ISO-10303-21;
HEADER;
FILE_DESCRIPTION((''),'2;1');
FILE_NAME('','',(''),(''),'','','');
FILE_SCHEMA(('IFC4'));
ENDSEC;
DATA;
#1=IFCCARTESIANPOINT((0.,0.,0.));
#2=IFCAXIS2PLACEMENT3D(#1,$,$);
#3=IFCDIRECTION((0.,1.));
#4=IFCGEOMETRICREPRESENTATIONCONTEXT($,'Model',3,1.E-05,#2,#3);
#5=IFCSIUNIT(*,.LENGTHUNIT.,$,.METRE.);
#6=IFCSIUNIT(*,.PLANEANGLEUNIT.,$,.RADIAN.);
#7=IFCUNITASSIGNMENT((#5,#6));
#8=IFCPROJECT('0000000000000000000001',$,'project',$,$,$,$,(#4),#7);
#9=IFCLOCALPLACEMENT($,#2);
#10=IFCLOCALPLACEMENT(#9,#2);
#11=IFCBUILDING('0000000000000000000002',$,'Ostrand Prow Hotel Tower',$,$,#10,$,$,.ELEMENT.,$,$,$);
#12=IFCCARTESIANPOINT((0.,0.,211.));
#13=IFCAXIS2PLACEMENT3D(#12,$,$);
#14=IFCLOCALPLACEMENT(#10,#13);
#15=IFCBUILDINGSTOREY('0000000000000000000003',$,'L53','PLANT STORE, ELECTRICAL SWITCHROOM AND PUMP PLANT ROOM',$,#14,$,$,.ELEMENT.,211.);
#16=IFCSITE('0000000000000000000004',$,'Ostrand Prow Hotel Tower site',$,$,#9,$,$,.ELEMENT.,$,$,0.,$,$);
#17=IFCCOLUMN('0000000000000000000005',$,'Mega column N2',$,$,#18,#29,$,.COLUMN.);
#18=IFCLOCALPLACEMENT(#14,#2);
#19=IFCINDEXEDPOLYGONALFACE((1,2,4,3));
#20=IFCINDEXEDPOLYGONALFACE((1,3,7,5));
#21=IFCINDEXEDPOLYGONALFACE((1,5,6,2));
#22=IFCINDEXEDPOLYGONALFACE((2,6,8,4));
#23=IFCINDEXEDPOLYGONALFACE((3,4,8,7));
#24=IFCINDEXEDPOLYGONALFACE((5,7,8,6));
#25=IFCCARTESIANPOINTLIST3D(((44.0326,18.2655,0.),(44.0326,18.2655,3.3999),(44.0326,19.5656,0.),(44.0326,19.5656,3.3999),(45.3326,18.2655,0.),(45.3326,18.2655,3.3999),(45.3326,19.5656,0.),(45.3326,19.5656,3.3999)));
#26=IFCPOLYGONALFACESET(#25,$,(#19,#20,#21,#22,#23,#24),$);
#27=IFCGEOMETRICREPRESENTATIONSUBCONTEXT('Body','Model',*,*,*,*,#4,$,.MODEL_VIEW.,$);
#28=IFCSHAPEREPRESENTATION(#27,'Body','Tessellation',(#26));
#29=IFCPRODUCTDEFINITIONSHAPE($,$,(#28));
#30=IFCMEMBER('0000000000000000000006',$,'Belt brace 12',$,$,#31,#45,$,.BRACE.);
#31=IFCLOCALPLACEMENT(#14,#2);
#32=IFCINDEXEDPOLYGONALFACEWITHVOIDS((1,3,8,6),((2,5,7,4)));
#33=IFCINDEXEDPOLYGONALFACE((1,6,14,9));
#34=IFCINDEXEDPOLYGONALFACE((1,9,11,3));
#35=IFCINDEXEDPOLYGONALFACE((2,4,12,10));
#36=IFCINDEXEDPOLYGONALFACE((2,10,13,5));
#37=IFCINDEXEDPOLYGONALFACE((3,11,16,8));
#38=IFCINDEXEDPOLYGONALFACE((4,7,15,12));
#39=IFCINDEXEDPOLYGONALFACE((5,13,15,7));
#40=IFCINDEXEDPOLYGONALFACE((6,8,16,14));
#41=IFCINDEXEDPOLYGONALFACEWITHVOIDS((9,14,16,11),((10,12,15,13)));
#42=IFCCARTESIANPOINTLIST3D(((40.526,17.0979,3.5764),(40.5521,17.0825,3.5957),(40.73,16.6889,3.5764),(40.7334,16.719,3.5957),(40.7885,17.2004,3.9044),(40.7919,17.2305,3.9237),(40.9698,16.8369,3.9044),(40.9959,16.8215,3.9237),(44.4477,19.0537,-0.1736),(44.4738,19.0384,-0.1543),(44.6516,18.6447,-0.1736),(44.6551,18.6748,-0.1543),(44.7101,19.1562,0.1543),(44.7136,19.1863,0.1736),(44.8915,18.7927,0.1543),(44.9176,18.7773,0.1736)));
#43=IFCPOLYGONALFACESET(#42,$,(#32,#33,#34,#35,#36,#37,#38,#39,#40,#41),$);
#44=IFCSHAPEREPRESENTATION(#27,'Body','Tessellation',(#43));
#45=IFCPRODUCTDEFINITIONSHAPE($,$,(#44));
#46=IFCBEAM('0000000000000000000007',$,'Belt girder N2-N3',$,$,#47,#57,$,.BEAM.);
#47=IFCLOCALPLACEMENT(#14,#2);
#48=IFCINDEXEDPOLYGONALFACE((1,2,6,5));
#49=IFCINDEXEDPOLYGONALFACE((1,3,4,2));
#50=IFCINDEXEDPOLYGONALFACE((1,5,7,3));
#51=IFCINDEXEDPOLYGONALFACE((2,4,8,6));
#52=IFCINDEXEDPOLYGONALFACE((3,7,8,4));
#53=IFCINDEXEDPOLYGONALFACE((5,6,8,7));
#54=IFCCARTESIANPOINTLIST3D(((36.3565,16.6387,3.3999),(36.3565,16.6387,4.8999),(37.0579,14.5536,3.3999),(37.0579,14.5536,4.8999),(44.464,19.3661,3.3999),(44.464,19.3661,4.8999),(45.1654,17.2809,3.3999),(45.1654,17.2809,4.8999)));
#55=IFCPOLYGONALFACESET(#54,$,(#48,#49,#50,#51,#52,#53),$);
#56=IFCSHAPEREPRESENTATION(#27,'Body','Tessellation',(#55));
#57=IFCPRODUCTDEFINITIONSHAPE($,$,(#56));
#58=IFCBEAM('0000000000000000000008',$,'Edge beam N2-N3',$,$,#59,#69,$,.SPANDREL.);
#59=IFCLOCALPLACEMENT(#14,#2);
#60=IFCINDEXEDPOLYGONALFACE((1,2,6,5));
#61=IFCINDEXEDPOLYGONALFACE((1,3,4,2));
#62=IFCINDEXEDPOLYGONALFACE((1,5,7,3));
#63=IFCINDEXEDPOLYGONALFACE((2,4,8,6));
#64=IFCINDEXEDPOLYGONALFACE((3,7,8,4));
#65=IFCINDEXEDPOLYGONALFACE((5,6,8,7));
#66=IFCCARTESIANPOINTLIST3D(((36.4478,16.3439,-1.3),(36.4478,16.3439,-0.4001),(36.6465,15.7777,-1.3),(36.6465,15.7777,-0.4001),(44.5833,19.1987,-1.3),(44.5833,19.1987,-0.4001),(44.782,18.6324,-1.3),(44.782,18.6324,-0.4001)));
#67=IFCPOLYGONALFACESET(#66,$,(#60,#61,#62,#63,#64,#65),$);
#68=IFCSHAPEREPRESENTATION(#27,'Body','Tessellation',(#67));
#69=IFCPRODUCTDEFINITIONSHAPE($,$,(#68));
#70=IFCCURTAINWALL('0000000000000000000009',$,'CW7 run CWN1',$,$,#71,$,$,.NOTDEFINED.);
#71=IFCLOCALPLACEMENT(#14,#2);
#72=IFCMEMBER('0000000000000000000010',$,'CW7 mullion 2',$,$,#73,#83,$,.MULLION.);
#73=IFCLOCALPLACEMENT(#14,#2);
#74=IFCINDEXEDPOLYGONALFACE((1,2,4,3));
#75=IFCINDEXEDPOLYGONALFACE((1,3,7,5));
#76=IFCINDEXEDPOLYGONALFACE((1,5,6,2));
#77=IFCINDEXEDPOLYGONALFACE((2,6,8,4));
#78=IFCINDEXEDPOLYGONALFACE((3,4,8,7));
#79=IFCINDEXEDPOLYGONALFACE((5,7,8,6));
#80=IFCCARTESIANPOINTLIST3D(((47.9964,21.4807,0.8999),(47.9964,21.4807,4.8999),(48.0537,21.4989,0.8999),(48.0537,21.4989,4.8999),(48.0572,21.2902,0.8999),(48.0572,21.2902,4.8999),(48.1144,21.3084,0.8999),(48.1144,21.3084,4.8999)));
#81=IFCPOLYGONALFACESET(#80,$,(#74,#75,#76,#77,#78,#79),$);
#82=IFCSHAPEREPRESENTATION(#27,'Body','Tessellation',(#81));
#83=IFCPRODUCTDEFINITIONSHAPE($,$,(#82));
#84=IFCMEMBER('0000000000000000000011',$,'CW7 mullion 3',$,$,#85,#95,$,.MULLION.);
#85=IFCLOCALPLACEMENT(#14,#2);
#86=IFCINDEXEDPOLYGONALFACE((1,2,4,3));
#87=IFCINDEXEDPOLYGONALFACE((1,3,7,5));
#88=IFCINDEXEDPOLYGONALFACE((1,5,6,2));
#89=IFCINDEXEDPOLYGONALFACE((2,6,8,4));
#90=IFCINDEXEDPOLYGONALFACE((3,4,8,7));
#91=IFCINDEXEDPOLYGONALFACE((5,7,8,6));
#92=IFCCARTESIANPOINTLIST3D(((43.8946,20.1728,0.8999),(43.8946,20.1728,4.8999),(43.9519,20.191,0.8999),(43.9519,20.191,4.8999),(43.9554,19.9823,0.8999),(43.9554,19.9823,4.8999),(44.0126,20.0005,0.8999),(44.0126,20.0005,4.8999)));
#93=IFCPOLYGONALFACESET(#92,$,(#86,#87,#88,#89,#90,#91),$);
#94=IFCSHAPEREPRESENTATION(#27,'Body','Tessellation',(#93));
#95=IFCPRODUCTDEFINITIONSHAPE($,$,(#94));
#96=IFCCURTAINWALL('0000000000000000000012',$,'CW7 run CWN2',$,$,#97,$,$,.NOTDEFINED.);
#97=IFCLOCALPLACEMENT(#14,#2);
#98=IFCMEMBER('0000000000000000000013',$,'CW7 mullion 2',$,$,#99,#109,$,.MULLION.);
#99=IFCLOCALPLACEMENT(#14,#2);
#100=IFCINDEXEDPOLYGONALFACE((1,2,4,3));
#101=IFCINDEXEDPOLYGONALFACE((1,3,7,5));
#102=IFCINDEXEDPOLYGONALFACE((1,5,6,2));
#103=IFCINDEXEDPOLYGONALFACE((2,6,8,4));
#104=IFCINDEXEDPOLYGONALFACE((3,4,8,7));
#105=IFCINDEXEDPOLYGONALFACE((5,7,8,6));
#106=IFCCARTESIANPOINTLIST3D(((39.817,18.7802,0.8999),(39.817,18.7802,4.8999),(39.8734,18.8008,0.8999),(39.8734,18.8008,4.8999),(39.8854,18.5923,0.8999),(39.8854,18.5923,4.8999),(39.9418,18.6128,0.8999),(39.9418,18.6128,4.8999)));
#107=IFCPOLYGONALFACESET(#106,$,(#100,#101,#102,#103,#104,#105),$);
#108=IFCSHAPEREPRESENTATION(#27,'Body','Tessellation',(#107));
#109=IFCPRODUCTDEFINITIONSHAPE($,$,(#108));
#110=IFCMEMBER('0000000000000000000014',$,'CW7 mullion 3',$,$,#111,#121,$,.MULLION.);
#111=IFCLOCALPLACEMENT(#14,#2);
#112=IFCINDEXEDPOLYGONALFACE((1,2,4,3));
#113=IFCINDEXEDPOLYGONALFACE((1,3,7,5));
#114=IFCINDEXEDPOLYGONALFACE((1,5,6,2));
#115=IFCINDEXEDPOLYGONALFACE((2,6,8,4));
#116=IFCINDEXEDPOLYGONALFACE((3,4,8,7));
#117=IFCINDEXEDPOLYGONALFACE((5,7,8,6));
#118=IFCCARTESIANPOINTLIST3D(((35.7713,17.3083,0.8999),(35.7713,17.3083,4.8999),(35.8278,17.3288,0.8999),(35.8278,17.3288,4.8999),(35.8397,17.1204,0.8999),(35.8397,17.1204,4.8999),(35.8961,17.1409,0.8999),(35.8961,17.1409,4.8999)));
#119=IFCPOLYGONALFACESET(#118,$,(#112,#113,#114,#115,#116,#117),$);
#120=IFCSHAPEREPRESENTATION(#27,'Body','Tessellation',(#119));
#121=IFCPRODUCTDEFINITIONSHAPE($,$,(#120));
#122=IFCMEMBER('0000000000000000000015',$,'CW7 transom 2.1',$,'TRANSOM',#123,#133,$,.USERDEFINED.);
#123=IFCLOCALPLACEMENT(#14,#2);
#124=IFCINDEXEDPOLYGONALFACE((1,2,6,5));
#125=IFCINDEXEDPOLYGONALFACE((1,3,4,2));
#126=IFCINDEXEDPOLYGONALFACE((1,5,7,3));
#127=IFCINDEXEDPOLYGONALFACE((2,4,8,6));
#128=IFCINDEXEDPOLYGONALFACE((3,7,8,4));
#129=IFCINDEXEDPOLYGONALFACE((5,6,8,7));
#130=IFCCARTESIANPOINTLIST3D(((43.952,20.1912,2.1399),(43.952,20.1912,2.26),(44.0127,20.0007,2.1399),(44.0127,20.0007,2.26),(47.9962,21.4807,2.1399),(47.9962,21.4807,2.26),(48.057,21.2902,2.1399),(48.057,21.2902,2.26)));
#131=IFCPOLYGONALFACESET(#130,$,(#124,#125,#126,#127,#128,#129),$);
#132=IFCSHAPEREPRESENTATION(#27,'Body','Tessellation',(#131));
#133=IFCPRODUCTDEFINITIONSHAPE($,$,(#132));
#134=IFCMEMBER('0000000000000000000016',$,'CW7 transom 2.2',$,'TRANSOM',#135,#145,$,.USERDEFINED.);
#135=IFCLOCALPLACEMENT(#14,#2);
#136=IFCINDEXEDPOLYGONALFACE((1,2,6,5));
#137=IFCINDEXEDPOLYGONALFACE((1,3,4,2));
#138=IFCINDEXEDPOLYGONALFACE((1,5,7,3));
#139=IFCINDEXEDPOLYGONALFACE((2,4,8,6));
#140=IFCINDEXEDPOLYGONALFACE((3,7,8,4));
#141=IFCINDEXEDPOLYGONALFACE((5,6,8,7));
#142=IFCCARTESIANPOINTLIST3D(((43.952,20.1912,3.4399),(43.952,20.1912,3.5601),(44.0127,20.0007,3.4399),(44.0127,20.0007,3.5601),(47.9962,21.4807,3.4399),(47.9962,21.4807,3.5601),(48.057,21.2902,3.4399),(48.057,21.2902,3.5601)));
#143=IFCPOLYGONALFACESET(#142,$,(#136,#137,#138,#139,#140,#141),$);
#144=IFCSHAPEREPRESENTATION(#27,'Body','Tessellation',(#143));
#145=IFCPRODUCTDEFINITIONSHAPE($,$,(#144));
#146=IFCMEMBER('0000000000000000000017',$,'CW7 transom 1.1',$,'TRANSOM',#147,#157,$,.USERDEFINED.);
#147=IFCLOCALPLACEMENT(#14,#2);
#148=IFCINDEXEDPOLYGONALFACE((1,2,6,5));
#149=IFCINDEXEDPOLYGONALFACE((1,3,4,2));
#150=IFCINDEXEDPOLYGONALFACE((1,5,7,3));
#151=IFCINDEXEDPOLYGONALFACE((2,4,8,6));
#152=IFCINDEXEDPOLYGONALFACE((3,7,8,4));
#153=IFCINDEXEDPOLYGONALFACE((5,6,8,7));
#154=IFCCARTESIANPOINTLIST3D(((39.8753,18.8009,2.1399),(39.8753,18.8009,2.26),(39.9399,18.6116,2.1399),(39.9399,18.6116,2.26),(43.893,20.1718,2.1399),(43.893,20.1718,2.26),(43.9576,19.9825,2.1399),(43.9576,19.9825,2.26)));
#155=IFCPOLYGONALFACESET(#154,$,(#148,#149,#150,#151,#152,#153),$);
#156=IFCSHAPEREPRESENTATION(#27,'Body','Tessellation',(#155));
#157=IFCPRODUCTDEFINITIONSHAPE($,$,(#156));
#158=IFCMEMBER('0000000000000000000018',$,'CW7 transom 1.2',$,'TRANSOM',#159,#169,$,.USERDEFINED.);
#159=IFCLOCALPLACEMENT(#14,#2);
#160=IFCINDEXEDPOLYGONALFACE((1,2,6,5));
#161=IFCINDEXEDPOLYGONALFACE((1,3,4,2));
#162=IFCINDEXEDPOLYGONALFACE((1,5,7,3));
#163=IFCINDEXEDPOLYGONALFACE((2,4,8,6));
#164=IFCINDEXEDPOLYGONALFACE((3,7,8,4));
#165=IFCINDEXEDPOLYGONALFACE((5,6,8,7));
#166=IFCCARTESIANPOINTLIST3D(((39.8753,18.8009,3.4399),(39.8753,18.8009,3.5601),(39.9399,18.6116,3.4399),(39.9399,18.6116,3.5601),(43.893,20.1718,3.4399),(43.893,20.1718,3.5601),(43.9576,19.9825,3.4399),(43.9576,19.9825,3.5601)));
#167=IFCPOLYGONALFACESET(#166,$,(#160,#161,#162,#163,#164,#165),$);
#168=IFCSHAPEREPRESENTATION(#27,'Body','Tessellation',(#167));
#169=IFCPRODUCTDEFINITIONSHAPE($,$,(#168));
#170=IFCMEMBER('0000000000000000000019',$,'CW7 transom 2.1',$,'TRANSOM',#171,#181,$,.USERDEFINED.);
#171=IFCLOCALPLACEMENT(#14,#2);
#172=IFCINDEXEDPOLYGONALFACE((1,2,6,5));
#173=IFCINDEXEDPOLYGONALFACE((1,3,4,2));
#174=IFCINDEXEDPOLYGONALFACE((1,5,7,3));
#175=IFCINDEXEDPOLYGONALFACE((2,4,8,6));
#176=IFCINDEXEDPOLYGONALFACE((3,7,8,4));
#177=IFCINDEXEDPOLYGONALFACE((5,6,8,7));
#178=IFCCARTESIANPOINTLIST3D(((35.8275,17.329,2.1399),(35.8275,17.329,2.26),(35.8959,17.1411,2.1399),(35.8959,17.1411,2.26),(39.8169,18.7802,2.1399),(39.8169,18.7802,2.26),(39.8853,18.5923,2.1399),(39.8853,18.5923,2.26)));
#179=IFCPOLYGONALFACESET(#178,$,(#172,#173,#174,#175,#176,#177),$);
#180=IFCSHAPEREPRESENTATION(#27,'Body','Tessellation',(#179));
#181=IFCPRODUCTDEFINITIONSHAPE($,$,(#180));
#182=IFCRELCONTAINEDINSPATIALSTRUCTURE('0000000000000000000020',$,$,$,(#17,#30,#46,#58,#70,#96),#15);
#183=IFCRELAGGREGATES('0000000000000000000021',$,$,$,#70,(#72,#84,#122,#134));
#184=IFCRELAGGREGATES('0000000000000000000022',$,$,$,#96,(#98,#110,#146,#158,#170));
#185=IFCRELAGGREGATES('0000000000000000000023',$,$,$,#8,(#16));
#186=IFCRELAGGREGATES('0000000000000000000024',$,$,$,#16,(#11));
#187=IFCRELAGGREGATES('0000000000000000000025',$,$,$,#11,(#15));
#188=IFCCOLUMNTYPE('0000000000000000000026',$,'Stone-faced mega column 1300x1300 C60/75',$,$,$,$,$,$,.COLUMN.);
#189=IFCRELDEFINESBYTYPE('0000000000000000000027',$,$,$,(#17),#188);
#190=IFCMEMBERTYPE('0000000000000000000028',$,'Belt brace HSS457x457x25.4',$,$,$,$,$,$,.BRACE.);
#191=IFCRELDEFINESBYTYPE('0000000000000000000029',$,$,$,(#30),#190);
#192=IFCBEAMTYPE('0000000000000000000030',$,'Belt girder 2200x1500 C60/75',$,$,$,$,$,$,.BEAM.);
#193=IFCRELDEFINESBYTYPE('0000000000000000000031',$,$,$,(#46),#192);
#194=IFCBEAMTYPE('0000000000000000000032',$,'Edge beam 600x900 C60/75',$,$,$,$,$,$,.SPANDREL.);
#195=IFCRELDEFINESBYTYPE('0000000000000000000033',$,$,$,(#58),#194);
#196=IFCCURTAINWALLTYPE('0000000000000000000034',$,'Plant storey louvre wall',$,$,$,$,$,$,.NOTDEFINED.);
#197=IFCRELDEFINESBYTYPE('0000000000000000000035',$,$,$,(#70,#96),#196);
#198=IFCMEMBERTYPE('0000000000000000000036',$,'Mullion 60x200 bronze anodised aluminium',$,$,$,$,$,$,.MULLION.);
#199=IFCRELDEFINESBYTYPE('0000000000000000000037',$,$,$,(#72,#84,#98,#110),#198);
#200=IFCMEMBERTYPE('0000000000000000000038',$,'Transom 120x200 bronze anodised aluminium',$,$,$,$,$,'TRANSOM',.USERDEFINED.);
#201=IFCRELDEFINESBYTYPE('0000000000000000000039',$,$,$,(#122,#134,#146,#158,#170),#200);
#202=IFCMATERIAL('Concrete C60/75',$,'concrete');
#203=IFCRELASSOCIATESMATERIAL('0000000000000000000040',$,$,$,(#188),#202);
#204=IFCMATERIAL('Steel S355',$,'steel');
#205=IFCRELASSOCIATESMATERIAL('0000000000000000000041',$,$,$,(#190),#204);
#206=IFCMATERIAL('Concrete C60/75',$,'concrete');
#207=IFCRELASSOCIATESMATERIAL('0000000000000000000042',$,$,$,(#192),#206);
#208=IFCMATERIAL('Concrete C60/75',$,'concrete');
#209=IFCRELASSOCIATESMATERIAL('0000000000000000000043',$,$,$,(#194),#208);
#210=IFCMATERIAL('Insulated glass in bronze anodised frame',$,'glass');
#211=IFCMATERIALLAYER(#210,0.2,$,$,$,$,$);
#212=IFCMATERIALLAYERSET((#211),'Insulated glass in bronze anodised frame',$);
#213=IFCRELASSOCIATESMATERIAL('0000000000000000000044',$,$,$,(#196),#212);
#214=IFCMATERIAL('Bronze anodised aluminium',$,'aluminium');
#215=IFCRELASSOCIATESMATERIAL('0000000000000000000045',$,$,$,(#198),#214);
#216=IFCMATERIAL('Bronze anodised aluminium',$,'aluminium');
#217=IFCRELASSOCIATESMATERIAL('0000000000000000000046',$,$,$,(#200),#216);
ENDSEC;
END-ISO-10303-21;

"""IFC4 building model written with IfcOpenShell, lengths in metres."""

from ifc_helpers import new_model, si_unit, direction, frame, origin, origin_2d, place, context, subcontext, project, spatial, rectangle, hollow_rectangle, extrude, material, layer, layer_set, material_profile, profile_set, type_object, element, aggregate, save


model = new_model("IFC4")

# Units and contexts
model_context = context("Model", 3, precision=1e-05, world=origin(), true_north=direction((0.0, 1.0)))
body_context = subcontext(model_context, "Body", "Model", "MODEL_VIEW")
ifc_project = project(units=[si_unit("LENGTHUNIT", "METRE"), si_unit("PLANEANGLEUNIT", "RADIAN")], contexts=[model_context])

# Site, building, storey
site_placement = place(None, origin())
site = spatial("IfcSite", under=ifc_project, at=site_placement, Name="Ostrand Prow Hotel Tower site", CompositionType="ELEMENT", RefElevation=0.0)
building_placement = place(site_placement, origin())
building = spatial("IfcBuilding", under=site, at=building_placement, Name="Ostrand Prow Hotel Tower", CompositionType="ELEMENT")
storey_placement = place(building_placement, frame((0.0, 0.0, 211.0)))
storey = spatial("IfcBuildingStorey", under=building, at=storey_placement, Name="L53", Description="PLANT STORE, ELECTRICAL SWITCHROOM AND PUMP PLANT ROOM", CompositionType="ELEMENT", Elevation=211.0)

# Column
ifc_material_1 = material(Name="Concrete C60/75", Category="concrete")
ifc_material_profile_1 = material_profile(ifc_material_1, rectangle(XDim=1.3, YDim=1.3, at=origin_2d()), Name="RC 1300x1300")
ifc_profile_set_1 = profile_set([ifc_material_profile_1], Name="Concrete C60/75")
column_type = type_object("IfcColumnType", Name="Stone-faced mega column 1300x1300 C60/75", PredefinedType="COLUMN", material=ifc_profile_set_1)
column_placement = place(storey_placement, frame((44.6826, 18.9155, 0.0), z_axis=(0.0, 0.0, 1.0), x_axis=(1.0, 0.0, 0.0)))
element("IfcColumn", 1, at=column_placement, inside=storey, type_object=column_type, Name="Mega column N2", PredefinedType="COLUMN", context=body_context, shape_type="SweptSolid", body=[
    extrude(rectangle(XDim=1.3, YDim=1.3, at=origin_2d()), origin(), (0.0, 0.0, 1.0), 3.3999),
])

# Member
ifc_material_2 = material(Name="Steel S355", Category="steel")
ifc_material_profile_2 = material_profile(ifc_material_2, hollow_rectangle(XDim=0.457, YDim=0.457, WallThickness=0.0254, at=origin_2d()), Name="HSS457x457x25.4")
ifc_profile_set_2 = profile_set([ifc_material_profile_2], Name="Steel S355")
member_type_1 = type_object("IfcMemberType", Name="Belt brace HSS457x457x25.4", PredefinedType="BRACE", material=ifc_profile_set_2)
member_1_placement = place(storey_placement, frame((44.6826, 18.9155, 0.0), z_axis=(-0.679924, -0.339094, 0.650167), x_axis=(0.4463, -0.894884, 0.0)))
element("IfcMember", 2, at=member_1_placement, inside=storey, type_object=member_type_1, Name="Belt brace 12", PredefinedType="BRACE", context=body_context, shape_type="SweptSolid", body=[
    extrude(hollow_rectangle(XDim=0.457, YDim=0.457, WallThickness=0.0254, at=origin_2d()), origin(), (0.0, 0.0, 1.0), 5.7678),
])

# Beams
ifc_material_3 = material(Name="Concrete C60/75", Category="concrete")
ifc_material_profile_3 = material_profile(ifc_material_3, rectangle(XDim=2.2, YDim=1.5, at=origin_2d()), Name="RC 2200x1500")
ifc_profile_set_3 = profile_set([ifc_material_profile_3], Name="Concrete C60/75")
beam_type_1 = type_object("IfcBeamType", Name="Belt girder 2200x1500 C60/75", PredefinedType="BEAM", material=ifc_profile_set_3)
beam_1_placement = place(storey_placement, frame((44.8147, 18.3235, 4.1499), z_axis=(-0.947809, -0.318838, 0.0), x_axis=(0.318838, -0.947809, 0.0)))
element("IfcBeam", 3, at=beam_1_placement, inside=storey, type_object=beam_type_1, Name="Belt girder N2-N3", PredefinedType="BEAM", context=body_context, shape_type="SweptSolid", body=[
    extrude(rectangle(XDim=2.2, YDim=1.5, at=origin_2d()), origin(), (0.0, 0.0, 1.0), 8.554),
])
ifc_material_4 = material(Name="Concrete C60/75", Category="concrete")
ifc_material_profile_4 = material_profile(ifc_material_4, rectangle(XDim=0.6001, YDim=0.8999, at=origin_2d()), Name="RC 600x900")
ifc_profile_set_4 = profile_set([ifc_material_profile_4], Name="Concrete C60/75")
beam_type_2 = type_object("IfcBeamType", Name="Edge beam 600x900 C60/75", PredefinedType="SPANDREL", material=ifc_profile_set_4)
beam_2_placement = place(storey_placement, frame((44.6826, 18.9155, -0.8501), z_axis=(-0.943594, -0.331106, 0.0), x_axis=(0.331106, -0.943594, 0.0)))
element("IfcBeam", 4, at=beam_2_placement, inside=storey, type_object=beam_type_2, Name="Edge beam N2-N3", PredefinedType="SPANDREL", context=body_context, shape_type="SweptSolid", body=[
    extrude(rectangle(XDim=0.6001, YDim=0.8999, at=origin_2d()), origin(), (0.0, 0.0, 1.0), 8.6218),
])

# Curtain walls, members
ifc_material_5 = material(Name="Insulated glass in bronze anodised frame", Category="glass")
ifc_layer_1 = layer(ifc_material_5, 0.2)
ifc_layer_set_1 = layer_set([ifc_layer_1], Name="Insulated glass in bronze anodised frame")
curtain_wall_type = type_object("IfcCurtainWallType", Name="Plant storey louvre wall", PredefinedType="NOTDEFINED", material=ifc_layer_set_1)
curtain_wall_1_placement = place(storey_placement, origin())
curtain_wall_1 = element("IfcCurtainWall", 5, at=curtain_wall_1_placement, inside=storey, type_object=curtain_wall_type, Name="CW7 run CWN1", PredefinedType="NOTDEFINED")
ifc_material_6 = material(Name="Bronze anodised aluminium", Category="aluminium")
ifc_material_profile_5 = material_profile(ifc_material_6, rectangle(XDim=0.2, YDim=0.0601, at=origin_2d()), Name="Mullion 60x200 bronze anodised aluminium")
ifc_profile_set_5 = profile_set([ifc_material_profile_5], Name="Bronze anodised aluminium")
member_type_2 = type_object("IfcMemberType", Name="Mullion 60x200 bronze anodised aluminium", PredefinedType="MULLION", material=ifc_profile_set_5)
member_2_placement = place(storey_placement, frame((48.0554, 21.3945, 0.8999), z_axis=(0.0, 0.0, 1.0), x_axis=(0.303787, -0.95274, 0.0)))
member_2 = element("IfcMember", 6, at=member_2_placement, type_object=member_type_2, Name="CW7 mullion 2", PredefinedType="MULLION", context=body_context, shape_type="SweptSolid", body=[
    extrude(rectangle(XDim=0.2, YDim=0.0601, at=origin_2d()), origin(), (0.0, 0.0, 1.0), 4.0),
])
member_3_placement = place(storey_placement, frame((43.9536, 20.0867, 0.8999), z_axis=(0.0, 0.0, 1.0), x_axis=(0.303787, -0.95274, 0.0)))
member_3 = element("IfcMember", 7, at=member_3_placement, type_object=member_type_2, Name="CW7 mullion 3", PredefinedType="MULLION", context=body_context, shape_type="SweptSolid", body=[
    extrude(rectangle(XDim=0.2, YDim=0.0601, at=origin_2d()), origin(), (0.0, 0.0, 1.0), 4.0),
])
curtain_wall_2_placement = place(storey_placement, origin())
curtain_wall_2 = element("IfcCurtainWall", 8, at=curtain_wall_2_placement, inside=storey, type_object=curtain_wall_type, Name="CW7 run CWN2", PredefinedType="NOTDEFINED")
member_4_placement = place(storey_placement, frame((39.8794, 18.6965, 0.8999), z_axis=(0.0, 0.0, 1.0), x_axis=(0.341897, -0.939737, 0.0)))
member_4 = element("IfcMember", 9, at=member_4_placement, type_object=member_type_2, Name="CW7 mullion 2", PredefinedType="MULLION", context=body_context, shape_type="SweptSolid", body=[
    extrude(rectangle(XDim=0.2, YDim=0.0601, at=origin_2d()), origin(), (0.0, 0.0, 1.0), 4.0),
])
member_5_placement = place(storey_placement, frame((35.8337, 17.2246, 0.8999), z_axis=(0.0, 0.0, 1.0), x_axis=(0.341897, -0.939737, 0.0)))
member_5 = element("IfcMember", 10, at=member_5_placement, type_object=member_type_2, Name="CW7 mullion 3", PredefinedType="MULLION", context=body_context, shape_type="SweptSolid", body=[
    extrude(rectangle(XDim=0.2, YDim=0.0601, at=origin_2d()), origin(), (0.0, 0.0, 1.0), 4.0),
])

# Members
ifc_material_7 = material(Name="Bronze anodised aluminium", Category="aluminium")
ifc_material_profile_6 = material_profile(ifc_material_7, rectangle(XDim=0.2, YDim=0.1201, at=origin_2d()), Name="Transom 120x200 bronze anodised aluminium")
ifc_profile_set_6 = profile_set([ifc_material_profile_6], Name="Bronze anodised aluminium")
member_type_3 = type_object("IfcMemberType", Name="Transom 120x200 bronze anodised aluminium", ElementType="TRANSOM", PredefinedType="USERDEFINED", material=ifc_profile_set_6)
member_6_placement = place(storey_placement, frame((48.0266, 21.3855, 2.2), z_axis=(-0.952738, -0.303795, 0.0), x_axis=(0.303795, -0.952738, 0.0)))
member_6 = element("IfcMember", 11, at=member_6_placement, type_object=member_type_3, Name="CW7 transom 2.1", ObjectType="TRANSOM", PredefinedType="USERDEFINED", context=body_context, shape_type="SweptSolid", body=[
    extrude(rectangle(XDim=0.2, YDim=0.1201, at=origin_2d()), origin(), (0.0, 0.0, 1.0), 4.2449),
])
member_7_placement = place(storey_placement, frame((48.0266, 21.3855, 3.5), z_axis=(-0.952738, -0.303795, 0.0), x_axis=(0.303795, -0.952738, 0.0)))
member_7 = element("IfcMember", 12, at=member_7_placement, type_object=member_type_3, Name="CW7 transom 2.2", ObjectType="TRANSOM", PredefinedType="USERDEFINED", context=body_context, shape_type="SweptSolid", body=[
    extrude(rectangle(XDim=0.2, YDim=0.1201, at=origin_2d()), origin(), (0.0, 0.0, 1.0), 4.2449),
])
member_8_placement = place(storey_placement, frame((43.9253, 20.0771, 2.2), z_axis=(-0.946422, -0.322932, 0.0), x_axis=(0.322932, -0.946422, 0.0)))
member_8 = element("IfcMember", 13, at=member_8_placement, type_object=member_type_3, Name="CW7 transom 1.1", ObjectType="TRANSOM", PredefinedType="USERDEFINED", context=body_context, shape_type="SweptSolid", body=[
    extrude(rectangle(XDim=0.2, YDim=0.1201, at=origin_2d()), origin(), (0.0, 0.0, 1.0), 4.2451),
])
member_9_placement = place(storey_placement, frame((43.9253, 20.0771, 3.5), z_axis=(-0.946422, -0.322932, 0.0), x_axis=(0.322932, -0.946422, 0.0)))
member_9 = element("IfcMember", 14, at=member_9_placement, type_object=member_type_3, Name="CW7 transom 1.2", ObjectType="TRANSOM", PredefinedType="USERDEFINED", context=body_context, shape_type="SweptSolid", body=[
    extrude(rectangle(XDim=0.2, YDim=0.1201, at=origin_2d()), origin(), (0.0, 0.0, 1.0), 4.2451),
])
member_10_placement = place(storey_placement, frame((39.8511, 18.6863, 2.2), z_axis=(-0.939753, -0.341854, 0.0), x_axis=(0.341854, -0.939753, 0.0)))
member_10 = element("IfcMember", 15, at=member_10_placement, type_object=member_type_3, Name="CW7 transom 2.1", ObjectType="TRANSOM", PredefinedType="USERDEFINED", context=body_context, shape_type="SweptSolid", body=[
    extrude(rectangle(XDim=0.2, YDim=0.1201, at=origin_2d()), origin(), (0.0, 0.0, 1.0), 4.2451),
])

aggregate(curtain_wall_1, [member_2, member_3, member_6, member_7])
aggregate(curtain_wall_2, [member_4, member_5, member_8, member_9, member_10])

save(model, "model.ifc")
